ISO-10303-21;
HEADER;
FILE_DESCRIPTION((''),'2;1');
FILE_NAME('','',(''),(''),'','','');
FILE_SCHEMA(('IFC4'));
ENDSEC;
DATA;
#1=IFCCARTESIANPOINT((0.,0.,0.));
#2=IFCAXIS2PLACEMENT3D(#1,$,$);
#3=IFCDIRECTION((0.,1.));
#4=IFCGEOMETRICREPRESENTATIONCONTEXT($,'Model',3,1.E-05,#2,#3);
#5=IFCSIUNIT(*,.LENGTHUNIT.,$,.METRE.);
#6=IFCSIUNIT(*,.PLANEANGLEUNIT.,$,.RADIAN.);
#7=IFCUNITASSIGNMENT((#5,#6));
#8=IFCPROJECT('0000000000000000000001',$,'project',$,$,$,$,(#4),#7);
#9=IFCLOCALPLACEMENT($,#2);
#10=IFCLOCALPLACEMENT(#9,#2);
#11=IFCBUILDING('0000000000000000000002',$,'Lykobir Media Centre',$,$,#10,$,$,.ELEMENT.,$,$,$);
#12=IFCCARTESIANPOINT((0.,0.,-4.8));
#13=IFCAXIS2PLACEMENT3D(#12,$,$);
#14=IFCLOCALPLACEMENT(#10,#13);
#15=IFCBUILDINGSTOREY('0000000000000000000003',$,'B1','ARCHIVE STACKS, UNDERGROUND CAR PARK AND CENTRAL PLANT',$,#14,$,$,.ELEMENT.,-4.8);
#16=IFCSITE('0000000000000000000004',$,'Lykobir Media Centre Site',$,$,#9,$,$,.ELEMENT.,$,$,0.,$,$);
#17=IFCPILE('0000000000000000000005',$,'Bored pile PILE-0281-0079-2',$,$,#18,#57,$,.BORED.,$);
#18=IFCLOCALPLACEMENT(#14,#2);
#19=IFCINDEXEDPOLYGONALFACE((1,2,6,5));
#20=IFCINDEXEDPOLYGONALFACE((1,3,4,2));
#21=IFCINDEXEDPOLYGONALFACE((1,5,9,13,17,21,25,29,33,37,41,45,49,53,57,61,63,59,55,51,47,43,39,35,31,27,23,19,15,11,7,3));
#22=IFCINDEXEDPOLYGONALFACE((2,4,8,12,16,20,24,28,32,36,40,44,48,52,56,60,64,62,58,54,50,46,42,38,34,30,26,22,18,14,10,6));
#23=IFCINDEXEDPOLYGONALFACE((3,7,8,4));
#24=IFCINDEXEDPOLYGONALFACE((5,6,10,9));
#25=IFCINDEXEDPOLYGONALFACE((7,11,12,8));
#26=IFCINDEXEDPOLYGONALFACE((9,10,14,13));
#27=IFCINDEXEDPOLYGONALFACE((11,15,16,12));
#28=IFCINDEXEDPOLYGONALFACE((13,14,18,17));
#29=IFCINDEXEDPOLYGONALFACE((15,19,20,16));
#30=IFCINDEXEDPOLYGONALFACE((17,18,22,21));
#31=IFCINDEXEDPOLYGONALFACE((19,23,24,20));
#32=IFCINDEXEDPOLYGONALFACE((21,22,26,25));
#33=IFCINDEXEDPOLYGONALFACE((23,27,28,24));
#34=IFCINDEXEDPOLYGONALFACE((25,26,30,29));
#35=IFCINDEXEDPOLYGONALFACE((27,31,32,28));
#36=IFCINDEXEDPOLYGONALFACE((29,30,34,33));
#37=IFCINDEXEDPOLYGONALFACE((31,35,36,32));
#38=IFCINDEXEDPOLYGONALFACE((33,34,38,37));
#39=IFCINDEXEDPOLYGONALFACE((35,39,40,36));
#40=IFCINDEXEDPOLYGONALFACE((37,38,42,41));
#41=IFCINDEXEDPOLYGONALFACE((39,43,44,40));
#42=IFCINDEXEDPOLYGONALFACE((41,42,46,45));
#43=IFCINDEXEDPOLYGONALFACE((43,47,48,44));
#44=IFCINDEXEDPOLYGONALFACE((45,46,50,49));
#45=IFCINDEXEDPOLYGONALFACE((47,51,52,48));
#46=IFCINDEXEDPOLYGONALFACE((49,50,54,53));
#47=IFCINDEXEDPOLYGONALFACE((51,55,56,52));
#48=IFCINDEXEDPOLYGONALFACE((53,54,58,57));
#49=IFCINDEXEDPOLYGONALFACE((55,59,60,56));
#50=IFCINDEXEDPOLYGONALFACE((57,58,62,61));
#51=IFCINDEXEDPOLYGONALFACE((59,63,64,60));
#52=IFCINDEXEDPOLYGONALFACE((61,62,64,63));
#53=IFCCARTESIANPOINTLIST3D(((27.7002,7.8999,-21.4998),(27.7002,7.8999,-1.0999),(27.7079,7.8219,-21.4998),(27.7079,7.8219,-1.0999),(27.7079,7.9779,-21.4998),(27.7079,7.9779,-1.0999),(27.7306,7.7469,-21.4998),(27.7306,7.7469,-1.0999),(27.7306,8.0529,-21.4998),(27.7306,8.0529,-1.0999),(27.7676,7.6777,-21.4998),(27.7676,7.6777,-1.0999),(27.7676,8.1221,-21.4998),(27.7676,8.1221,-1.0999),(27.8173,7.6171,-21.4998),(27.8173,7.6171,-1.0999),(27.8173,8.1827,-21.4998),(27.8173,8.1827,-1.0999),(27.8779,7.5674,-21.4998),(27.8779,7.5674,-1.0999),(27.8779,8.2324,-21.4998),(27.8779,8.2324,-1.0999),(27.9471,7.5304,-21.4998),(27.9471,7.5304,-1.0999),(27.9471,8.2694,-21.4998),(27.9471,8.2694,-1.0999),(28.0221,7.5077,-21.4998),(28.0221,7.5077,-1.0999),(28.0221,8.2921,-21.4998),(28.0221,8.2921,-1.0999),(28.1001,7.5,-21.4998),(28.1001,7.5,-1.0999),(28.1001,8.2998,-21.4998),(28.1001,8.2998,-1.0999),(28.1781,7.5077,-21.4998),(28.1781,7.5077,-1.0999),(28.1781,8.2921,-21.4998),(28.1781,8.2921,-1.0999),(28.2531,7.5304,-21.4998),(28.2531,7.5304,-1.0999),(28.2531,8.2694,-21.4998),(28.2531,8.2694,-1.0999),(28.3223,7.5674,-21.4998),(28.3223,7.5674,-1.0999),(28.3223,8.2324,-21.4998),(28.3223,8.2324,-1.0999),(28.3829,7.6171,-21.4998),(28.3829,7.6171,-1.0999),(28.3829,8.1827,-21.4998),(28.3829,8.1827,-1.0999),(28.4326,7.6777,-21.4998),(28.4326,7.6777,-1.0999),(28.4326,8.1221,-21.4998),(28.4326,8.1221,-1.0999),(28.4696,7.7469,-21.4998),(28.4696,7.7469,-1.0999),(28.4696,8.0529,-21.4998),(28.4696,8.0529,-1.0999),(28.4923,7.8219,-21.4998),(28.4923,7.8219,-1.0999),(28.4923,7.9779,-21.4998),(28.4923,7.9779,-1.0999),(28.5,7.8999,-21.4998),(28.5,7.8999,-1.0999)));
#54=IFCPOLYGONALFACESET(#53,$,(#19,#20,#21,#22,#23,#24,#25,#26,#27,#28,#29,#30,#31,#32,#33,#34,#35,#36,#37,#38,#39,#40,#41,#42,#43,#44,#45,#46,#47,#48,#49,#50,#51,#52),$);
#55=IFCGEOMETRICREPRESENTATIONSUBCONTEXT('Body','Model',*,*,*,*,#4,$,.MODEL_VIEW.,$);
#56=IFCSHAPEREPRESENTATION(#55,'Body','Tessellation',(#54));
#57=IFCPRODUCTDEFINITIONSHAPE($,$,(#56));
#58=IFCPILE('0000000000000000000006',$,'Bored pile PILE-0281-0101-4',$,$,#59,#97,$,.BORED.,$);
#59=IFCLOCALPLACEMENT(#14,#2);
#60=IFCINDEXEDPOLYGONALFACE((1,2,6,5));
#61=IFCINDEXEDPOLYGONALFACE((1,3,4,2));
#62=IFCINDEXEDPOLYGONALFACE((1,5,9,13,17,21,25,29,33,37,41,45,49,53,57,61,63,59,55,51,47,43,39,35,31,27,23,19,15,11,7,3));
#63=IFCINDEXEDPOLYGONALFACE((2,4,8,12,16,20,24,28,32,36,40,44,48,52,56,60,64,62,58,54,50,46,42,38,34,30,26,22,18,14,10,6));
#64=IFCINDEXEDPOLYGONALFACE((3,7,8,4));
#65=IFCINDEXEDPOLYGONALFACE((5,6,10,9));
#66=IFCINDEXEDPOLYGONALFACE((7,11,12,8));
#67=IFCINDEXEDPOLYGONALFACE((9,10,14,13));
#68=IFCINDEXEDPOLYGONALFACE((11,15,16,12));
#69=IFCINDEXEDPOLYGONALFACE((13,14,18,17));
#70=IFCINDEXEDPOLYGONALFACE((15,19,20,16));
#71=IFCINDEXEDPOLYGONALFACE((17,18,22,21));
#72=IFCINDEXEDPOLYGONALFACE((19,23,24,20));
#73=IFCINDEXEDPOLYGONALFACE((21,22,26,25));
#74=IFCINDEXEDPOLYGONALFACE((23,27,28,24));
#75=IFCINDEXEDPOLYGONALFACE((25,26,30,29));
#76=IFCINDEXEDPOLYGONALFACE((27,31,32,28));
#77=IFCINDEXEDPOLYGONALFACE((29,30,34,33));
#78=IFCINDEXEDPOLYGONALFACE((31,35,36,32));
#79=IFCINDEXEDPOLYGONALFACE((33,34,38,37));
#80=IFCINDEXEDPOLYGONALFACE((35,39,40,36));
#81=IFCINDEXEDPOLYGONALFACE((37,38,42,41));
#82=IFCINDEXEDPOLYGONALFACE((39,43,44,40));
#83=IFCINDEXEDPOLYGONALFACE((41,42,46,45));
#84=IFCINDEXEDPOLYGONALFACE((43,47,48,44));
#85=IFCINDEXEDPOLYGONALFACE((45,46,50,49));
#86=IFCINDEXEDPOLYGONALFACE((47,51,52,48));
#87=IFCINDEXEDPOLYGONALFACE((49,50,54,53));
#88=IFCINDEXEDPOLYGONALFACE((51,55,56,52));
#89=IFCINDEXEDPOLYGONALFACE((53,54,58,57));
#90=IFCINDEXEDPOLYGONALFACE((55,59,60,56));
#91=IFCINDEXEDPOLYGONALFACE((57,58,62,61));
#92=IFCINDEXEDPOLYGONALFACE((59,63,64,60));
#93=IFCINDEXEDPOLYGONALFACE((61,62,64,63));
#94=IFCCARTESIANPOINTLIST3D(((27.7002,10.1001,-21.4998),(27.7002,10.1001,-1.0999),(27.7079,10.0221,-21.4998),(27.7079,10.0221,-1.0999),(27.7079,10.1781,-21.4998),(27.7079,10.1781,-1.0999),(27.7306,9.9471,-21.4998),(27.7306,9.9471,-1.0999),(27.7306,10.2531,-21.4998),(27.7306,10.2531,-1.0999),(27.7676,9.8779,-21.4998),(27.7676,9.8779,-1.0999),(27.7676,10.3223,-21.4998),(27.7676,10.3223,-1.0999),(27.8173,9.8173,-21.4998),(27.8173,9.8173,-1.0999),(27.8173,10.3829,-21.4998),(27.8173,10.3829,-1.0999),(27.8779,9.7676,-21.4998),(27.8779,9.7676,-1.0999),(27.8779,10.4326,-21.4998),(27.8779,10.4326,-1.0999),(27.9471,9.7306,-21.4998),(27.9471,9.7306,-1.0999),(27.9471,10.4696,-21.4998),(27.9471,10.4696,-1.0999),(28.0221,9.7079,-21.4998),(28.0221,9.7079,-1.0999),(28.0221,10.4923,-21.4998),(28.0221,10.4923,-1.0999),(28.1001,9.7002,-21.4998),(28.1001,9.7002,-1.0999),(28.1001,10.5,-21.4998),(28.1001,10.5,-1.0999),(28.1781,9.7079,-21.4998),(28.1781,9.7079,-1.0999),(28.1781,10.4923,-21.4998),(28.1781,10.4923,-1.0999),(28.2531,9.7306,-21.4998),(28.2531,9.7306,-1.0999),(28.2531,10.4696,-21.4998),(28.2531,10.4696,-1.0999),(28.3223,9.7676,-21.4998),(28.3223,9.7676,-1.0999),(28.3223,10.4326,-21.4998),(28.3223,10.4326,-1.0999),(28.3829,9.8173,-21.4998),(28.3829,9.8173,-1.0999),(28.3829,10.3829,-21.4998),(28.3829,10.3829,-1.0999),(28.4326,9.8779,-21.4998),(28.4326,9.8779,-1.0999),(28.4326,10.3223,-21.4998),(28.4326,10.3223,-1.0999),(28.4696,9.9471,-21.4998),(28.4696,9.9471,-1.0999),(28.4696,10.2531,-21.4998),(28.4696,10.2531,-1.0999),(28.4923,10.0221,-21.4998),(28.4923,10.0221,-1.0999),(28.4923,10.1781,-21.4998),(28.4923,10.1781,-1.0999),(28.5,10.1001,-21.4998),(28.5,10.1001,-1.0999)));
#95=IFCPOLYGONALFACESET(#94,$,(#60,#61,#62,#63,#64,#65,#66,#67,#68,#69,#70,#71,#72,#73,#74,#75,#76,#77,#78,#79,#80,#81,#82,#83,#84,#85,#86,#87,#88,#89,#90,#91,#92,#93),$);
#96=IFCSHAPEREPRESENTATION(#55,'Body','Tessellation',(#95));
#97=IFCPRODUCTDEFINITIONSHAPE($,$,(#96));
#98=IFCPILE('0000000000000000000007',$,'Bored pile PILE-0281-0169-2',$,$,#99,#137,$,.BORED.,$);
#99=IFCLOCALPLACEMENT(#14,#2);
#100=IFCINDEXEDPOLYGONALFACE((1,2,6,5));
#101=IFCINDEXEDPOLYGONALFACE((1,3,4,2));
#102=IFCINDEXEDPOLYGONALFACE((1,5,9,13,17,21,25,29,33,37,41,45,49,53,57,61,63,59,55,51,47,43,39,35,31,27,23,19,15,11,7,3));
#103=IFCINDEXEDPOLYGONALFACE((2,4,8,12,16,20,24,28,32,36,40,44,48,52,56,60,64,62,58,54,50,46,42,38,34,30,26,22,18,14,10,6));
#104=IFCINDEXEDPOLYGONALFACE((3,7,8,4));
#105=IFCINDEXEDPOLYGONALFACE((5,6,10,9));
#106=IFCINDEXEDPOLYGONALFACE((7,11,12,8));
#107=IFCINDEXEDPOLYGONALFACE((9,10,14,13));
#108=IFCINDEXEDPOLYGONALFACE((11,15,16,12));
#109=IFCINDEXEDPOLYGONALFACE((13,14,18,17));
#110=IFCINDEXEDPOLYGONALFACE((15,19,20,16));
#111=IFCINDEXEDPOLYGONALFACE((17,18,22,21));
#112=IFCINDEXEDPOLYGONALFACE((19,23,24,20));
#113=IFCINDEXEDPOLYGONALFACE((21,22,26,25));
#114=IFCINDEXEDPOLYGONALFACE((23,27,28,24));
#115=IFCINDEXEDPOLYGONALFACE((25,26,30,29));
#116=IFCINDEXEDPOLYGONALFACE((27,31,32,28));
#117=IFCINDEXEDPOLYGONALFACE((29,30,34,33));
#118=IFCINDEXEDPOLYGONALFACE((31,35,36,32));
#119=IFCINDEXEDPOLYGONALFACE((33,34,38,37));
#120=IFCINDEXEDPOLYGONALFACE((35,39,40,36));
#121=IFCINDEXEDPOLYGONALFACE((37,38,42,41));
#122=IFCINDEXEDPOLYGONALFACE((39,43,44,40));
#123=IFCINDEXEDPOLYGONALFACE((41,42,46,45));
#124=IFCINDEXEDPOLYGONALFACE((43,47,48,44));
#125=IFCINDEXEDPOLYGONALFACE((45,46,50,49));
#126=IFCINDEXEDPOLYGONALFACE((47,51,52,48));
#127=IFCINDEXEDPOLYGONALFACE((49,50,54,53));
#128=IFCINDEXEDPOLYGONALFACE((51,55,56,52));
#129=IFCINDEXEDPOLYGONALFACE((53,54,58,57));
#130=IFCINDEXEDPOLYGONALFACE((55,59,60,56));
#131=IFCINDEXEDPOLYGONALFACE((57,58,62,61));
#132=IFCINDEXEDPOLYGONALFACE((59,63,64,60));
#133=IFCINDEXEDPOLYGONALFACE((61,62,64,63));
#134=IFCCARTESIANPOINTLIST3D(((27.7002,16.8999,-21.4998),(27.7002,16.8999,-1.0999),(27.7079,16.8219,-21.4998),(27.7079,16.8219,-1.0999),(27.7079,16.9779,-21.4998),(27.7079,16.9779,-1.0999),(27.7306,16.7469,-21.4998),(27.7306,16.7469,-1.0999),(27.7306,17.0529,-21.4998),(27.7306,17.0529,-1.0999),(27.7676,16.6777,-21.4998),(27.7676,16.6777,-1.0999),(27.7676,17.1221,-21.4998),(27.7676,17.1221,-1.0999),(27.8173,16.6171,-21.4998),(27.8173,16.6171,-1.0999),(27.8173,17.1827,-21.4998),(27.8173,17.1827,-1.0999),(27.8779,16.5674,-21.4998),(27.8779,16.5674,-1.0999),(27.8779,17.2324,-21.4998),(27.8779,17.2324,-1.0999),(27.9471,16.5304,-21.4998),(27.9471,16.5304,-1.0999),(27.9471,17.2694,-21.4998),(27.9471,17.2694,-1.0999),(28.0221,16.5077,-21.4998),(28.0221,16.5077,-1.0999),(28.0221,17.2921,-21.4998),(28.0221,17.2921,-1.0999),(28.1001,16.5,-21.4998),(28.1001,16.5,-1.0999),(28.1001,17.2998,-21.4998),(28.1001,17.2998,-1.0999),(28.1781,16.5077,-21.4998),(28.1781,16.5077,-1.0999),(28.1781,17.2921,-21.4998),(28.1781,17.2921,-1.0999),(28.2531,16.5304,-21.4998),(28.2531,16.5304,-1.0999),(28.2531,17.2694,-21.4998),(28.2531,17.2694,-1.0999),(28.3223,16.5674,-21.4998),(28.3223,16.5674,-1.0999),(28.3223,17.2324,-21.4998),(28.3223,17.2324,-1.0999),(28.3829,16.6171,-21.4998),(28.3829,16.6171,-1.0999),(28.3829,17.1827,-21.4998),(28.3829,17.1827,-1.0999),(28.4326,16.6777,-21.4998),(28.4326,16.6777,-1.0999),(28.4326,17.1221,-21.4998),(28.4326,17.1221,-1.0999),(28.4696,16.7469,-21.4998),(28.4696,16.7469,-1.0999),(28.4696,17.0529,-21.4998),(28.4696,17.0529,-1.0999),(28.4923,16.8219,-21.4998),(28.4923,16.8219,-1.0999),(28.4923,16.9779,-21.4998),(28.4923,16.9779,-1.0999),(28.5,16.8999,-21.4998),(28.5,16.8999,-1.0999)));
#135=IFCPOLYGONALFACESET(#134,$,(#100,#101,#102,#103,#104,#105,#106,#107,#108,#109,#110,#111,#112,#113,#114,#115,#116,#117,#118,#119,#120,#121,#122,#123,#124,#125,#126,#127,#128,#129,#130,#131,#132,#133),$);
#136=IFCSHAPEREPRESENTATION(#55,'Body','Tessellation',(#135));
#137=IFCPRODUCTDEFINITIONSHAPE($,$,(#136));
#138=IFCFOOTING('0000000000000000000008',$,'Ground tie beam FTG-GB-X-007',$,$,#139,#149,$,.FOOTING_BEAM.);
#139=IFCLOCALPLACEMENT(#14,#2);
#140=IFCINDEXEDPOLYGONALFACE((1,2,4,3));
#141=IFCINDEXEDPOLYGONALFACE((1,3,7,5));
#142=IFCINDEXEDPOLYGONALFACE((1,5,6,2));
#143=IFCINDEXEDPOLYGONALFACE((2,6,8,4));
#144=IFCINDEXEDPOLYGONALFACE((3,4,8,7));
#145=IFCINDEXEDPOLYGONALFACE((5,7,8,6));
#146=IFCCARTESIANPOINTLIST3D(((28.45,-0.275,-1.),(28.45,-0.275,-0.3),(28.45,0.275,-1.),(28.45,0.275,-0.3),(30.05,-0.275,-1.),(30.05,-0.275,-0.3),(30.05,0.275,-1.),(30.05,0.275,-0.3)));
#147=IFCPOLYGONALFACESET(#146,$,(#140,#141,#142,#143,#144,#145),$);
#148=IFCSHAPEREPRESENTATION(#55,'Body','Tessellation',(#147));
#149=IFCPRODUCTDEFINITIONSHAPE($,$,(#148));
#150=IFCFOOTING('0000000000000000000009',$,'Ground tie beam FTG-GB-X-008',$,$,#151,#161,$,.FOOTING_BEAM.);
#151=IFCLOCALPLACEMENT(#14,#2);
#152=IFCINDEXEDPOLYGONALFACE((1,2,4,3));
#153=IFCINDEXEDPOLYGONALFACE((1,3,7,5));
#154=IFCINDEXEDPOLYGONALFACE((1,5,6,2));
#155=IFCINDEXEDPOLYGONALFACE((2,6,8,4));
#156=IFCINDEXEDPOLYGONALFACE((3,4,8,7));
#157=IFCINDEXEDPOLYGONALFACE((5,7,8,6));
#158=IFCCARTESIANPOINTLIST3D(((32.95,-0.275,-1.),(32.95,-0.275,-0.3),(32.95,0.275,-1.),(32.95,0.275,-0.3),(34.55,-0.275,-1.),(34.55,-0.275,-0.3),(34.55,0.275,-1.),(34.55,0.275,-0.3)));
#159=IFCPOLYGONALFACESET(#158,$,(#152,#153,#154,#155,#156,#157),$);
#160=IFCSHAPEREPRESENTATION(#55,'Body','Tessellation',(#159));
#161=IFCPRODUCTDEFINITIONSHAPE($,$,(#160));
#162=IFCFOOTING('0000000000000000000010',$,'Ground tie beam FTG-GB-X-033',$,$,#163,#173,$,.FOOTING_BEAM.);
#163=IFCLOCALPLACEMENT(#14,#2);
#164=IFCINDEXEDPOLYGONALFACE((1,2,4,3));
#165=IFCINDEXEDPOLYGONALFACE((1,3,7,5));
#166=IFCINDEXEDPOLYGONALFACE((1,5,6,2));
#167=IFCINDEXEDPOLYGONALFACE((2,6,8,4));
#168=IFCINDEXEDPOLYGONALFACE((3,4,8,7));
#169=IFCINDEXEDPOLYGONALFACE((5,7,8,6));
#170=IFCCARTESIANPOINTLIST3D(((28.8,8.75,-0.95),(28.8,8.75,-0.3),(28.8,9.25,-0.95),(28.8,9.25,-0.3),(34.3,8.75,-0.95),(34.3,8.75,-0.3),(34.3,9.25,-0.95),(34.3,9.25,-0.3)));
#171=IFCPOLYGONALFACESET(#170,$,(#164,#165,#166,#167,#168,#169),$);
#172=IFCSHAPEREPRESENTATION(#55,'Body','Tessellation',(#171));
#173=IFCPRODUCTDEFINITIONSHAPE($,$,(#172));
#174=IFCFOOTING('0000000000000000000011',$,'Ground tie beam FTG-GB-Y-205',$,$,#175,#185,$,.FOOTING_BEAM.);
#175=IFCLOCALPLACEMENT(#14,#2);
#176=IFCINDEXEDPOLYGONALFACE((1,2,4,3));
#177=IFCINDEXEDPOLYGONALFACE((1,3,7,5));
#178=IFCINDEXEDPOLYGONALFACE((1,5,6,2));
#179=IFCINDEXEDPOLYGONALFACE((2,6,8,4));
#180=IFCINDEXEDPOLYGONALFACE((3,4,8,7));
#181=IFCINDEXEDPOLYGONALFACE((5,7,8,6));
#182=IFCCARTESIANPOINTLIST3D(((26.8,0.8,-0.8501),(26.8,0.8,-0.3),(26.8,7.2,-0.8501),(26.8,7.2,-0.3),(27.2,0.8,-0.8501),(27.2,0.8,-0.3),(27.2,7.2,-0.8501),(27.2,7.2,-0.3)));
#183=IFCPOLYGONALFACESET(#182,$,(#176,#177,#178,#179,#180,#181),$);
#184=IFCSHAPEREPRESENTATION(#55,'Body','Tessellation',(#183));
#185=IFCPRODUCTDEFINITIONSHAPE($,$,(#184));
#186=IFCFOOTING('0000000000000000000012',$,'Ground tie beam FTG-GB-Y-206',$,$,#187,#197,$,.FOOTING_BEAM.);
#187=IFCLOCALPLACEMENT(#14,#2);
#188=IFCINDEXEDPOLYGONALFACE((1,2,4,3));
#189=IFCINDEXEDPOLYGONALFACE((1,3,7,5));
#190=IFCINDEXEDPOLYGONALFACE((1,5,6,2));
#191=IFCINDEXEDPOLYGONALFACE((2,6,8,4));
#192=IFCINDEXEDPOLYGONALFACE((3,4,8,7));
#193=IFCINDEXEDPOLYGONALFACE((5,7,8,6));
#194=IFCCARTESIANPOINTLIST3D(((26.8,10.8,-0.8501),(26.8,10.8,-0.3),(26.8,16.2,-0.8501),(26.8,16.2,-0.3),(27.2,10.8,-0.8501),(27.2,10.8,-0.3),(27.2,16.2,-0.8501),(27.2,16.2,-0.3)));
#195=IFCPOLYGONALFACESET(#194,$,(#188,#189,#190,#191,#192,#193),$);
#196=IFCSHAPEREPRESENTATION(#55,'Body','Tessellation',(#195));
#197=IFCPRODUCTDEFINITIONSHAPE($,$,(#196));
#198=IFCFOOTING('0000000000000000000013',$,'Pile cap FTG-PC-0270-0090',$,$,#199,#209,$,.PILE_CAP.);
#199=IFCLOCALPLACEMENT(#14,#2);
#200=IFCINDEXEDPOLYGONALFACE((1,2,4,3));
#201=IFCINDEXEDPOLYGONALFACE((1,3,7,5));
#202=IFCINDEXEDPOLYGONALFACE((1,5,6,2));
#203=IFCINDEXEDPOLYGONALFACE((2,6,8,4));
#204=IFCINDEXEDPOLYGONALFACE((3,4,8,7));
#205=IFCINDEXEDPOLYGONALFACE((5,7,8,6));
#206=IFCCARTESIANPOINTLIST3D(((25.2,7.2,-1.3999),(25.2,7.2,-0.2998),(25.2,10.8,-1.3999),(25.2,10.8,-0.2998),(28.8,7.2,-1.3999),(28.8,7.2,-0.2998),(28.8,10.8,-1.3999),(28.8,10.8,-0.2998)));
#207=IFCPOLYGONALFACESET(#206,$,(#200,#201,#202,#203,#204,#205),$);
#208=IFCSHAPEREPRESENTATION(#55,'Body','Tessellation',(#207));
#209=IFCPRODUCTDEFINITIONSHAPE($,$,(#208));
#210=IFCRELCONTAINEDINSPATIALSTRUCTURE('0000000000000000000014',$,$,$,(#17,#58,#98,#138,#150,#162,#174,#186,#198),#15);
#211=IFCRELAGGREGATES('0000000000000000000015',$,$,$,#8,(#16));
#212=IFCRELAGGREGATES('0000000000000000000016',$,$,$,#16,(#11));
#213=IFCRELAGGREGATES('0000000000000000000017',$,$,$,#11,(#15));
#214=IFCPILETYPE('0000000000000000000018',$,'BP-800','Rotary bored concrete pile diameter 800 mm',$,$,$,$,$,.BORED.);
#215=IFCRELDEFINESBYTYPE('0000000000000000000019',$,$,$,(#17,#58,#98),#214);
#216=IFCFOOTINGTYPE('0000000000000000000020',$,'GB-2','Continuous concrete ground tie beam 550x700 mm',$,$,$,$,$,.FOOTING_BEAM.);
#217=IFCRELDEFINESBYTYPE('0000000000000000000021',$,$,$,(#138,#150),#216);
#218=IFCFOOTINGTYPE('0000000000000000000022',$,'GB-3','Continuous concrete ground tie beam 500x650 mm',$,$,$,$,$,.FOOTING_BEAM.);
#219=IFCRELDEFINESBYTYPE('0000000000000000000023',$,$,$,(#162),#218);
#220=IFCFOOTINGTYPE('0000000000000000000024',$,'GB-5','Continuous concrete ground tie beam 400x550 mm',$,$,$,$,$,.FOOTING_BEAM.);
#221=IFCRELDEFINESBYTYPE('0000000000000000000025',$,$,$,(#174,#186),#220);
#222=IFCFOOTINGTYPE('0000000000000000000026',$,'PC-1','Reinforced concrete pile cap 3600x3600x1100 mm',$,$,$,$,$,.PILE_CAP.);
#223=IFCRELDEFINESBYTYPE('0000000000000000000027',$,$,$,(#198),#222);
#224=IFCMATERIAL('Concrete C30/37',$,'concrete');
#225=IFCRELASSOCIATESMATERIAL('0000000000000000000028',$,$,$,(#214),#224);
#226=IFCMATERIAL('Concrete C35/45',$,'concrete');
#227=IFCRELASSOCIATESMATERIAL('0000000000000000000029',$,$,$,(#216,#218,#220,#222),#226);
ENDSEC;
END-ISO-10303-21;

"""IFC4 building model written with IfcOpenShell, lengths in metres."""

from ifc_helpers import new_model, si_unit, direction, frame, origin, origin_2d, place, context, subcontext, project, spatial, rectangle, circle, extrude, material, material_profile, profile_set, type_object, element, save


model = new_model("IFC4")

# Units and contexts
model_context = context("Model", 3, precision=1e-05, world=origin(), true_north=direction((0.0, 1.0)))
body_context = subcontext(model_context, "Body", "Model", "MODEL_VIEW")
ifc_project = project(units=[si_unit("LENGTHUNIT", "METRE"), si_unit("PLANEANGLEUNIT", "RADIAN")], contexts=[model_context])

# Site, building, storey
site_placement = place(None, origin())
site = spatial("IfcSite", under=ifc_project, at=site_placement, Name="Lykobir Media Centre Site", CompositionType="ELEMENT", RefElevation=0.0)
building_placement = place(site_placement, origin())
building = spatial("IfcBuilding", under=site, at=building_placement, Name="Lykobir Media Centre", CompositionType="ELEMENT")
storey_placement = place(building_placement, frame((0.0, 0.0, -4.8)))
storey = spatial("IfcBuildingStorey", under=building, at=storey_placement, Name="B1", Description="ARCHIVE STACKS, UNDERGROUND CAR PARK AND CENTRAL PLANT", CompositionType="ELEMENT", Elevation=-4.8)

# Piles
ifc_material_1 = material(Name="Concrete C30/37", Category="concrete")
ifc_material_profile_1 = material_profile(ifc_material_1, circle(Radius=0.3999, at=origin_2d()), Name="BORED PILE D800")
ifc_profile_set_1 = profile_set([ifc_material_profile_1], Name="Concrete C30/37")
pile_type_1 = type_object("IfcPileType", Name="BP-800", Description="Rotary bored concrete pile diameter 800 mm", PredefinedType="BORED", material=ifc_profile_set_1)
for number, where, z_axis, x_axis, name in (
    (1, (28.1001, 7.8999, -1.0999), (0.0, 0.0, -1.0), (1.0, 0.0, 0.0), "Bored pile PILE-0281-0079-2"),
    (2, (28.1001, 10.1001, -1.0999), (0.0, 0.0, -1.0), (1.0, 0.0, 0.0), "Bored pile PILE-0281-0101-4"),
    (3, (28.1001, 16.8999, -1.0999), (0.0, 0.0, -1.0), (1.0, 0.0, 0.0), "Bored pile PILE-0281-0169-2"),
):
    element("IfcPile", number, at=place(storey_placement, frame(where, z_axis=z_axis, x_axis=x_axis)), inside=storey, type_object=pile_type_1, Name=name, PredefinedType="BORED", context=body_context, shape_type="SweptSolid", body=[
        extrude(circle(Radius=0.3999, at=origin_2d()), origin(), (0.0, 0.0, 1.0), 20.3999),
    ])

# Footings
ifc_material_2 = material(Name="Concrete C35/45", Category="concrete")
footing_type_1 = type_object("IfcFootingType", Name="GB-2", Description="Continuous concrete ground tie beam 550x700 mm", PredefinedType="FOOTING_BEAM", material=ifc_material_2)
for number, where, z_axis, x_axis, name in (
    (4, (29.25, 0.0, -1.0), (0.0, 0.0, 1.0), (1.0, 0.0, 0.0), "Ground tie beam FTG-GB-X-007"),
    (5, (33.75, 0.0, -1.0), (0.0, 0.0, 1.0), (1.0, 0.0, 0.0), "Ground tie beam FTG-GB-X-008"),
):
    element("IfcFooting", number, at=place(storey_placement, frame(where, z_axis=z_axis, x_axis=x_axis)), inside=storey, type_object=footing_type_1, Name=name, PredefinedType="FOOTING_BEAM", context=body_context, shape_type="SweptSolid", body=[
        extrude(rectangle(XDim=1.6001, YDim=0.55, at=origin_2d()), origin(), (0.0, 0.0, 1.0), 0.7),
    ])
footing_type_2 = type_object("IfcFootingType", Name="GB-3", Description="Continuous concrete ground tie beam 500x650 mm", PredefinedType="FOOTING_BEAM", material=ifc_material_2)
footing_1_placement = place(storey_placement, frame((31.55, 9.0, -0.95), z_axis=(0.0, 0.0, 1.0), x_axis=(1.0, 0.0, 0.0)))
element("IfcFooting", 6, at=footing_1_placement, inside=storey, type_object=footing_type_2, Name="Ground tie beam FTG-GB-X-033", PredefinedType="FOOTING_BEAM", context=body_context, shape_type="SweptSolid", body=[
    extrude(rectangle(XDim=5.5, YDim=0.5, at=origin_2d()), origin(), (0.0, 0.0, 1.0), 0.6499),
])
footing_type_3 = type_object("IfcFootingType", Name="GB-5", Description="Continuous concrete ground tie beam 400x550 mm", PredefinedType="FOOTING_BEAM", material=ifc_material_2)
footing_2_placement = place(storey_placement, frame((27.0, 4.0, -0.8501), z_axis=(0.0, 0.0, 1.0), x_axis=(0.0, 1.0, 0.0)))
element("IfcFooting", 7, at=footing_2_placement, inside=storey, type_object=footing_type_3, Name="Ground tie beam FTG-GB-Y-205", PredefinedType="FOOTING_BEAM", context=body_context, shape_type="SweptSolid", body=[
    extrude(rectangle(XDim=6.3999, YDim=0.3999, at=origin_2d()), origin(), (0.0, 0.0, 1.0), 0.55),
])
footing_3_placement = place(storey_placement, frame((27.0, 13.5, -0.8501), z_axis=(0.0, 0.0, 1.0), x_axis=(0.0, 1.0, 0.0)))
element("IfcFooting", 8, at=footing_3_placement, inside=storey, type_object=footing_type_3, Name="Ground tie beam FTG-GB-Y-206", PredefinedType="FOOTING_BEAM", context=body_context, shape_type="SweptSolid", body=[
    extrude(rectangle(XDim=5.3999, YDim=0.3999, at=origin_2d()), origin(), (0.0, 0.0, 1.0), 0.55),
])
footing_type_4 = type_object("IfcFootingType", Name="PC-1", Description="Reinforced concrete pile cap 3600x3600x1100 mm", PredefinedType="PILE_CAP", material=ifc_material_2)
footing_4_placement = place(storey_placement, frame((27.0, 9.0, -1.3999), z_axis=(0.0, 0.0, 1.0), x_axis=(1.0, 0.0, 0.0)))
element("IfcFooting", 9, at=footing_4_placement, inside=storey, type_object=footing_type_4, Name="Pile cap FTG-PC-0270-0090", PredefinedType="PILE_CAP", context=body_context, shape_type="SweptSolid", body=[
    extrude(rectangle(XDim=3.6001, YDim=3.6001, at=origin_2d()), origin(), (0.0, 0.0, 1.0), 1.1001),
])

save(model, "model.ifc")
